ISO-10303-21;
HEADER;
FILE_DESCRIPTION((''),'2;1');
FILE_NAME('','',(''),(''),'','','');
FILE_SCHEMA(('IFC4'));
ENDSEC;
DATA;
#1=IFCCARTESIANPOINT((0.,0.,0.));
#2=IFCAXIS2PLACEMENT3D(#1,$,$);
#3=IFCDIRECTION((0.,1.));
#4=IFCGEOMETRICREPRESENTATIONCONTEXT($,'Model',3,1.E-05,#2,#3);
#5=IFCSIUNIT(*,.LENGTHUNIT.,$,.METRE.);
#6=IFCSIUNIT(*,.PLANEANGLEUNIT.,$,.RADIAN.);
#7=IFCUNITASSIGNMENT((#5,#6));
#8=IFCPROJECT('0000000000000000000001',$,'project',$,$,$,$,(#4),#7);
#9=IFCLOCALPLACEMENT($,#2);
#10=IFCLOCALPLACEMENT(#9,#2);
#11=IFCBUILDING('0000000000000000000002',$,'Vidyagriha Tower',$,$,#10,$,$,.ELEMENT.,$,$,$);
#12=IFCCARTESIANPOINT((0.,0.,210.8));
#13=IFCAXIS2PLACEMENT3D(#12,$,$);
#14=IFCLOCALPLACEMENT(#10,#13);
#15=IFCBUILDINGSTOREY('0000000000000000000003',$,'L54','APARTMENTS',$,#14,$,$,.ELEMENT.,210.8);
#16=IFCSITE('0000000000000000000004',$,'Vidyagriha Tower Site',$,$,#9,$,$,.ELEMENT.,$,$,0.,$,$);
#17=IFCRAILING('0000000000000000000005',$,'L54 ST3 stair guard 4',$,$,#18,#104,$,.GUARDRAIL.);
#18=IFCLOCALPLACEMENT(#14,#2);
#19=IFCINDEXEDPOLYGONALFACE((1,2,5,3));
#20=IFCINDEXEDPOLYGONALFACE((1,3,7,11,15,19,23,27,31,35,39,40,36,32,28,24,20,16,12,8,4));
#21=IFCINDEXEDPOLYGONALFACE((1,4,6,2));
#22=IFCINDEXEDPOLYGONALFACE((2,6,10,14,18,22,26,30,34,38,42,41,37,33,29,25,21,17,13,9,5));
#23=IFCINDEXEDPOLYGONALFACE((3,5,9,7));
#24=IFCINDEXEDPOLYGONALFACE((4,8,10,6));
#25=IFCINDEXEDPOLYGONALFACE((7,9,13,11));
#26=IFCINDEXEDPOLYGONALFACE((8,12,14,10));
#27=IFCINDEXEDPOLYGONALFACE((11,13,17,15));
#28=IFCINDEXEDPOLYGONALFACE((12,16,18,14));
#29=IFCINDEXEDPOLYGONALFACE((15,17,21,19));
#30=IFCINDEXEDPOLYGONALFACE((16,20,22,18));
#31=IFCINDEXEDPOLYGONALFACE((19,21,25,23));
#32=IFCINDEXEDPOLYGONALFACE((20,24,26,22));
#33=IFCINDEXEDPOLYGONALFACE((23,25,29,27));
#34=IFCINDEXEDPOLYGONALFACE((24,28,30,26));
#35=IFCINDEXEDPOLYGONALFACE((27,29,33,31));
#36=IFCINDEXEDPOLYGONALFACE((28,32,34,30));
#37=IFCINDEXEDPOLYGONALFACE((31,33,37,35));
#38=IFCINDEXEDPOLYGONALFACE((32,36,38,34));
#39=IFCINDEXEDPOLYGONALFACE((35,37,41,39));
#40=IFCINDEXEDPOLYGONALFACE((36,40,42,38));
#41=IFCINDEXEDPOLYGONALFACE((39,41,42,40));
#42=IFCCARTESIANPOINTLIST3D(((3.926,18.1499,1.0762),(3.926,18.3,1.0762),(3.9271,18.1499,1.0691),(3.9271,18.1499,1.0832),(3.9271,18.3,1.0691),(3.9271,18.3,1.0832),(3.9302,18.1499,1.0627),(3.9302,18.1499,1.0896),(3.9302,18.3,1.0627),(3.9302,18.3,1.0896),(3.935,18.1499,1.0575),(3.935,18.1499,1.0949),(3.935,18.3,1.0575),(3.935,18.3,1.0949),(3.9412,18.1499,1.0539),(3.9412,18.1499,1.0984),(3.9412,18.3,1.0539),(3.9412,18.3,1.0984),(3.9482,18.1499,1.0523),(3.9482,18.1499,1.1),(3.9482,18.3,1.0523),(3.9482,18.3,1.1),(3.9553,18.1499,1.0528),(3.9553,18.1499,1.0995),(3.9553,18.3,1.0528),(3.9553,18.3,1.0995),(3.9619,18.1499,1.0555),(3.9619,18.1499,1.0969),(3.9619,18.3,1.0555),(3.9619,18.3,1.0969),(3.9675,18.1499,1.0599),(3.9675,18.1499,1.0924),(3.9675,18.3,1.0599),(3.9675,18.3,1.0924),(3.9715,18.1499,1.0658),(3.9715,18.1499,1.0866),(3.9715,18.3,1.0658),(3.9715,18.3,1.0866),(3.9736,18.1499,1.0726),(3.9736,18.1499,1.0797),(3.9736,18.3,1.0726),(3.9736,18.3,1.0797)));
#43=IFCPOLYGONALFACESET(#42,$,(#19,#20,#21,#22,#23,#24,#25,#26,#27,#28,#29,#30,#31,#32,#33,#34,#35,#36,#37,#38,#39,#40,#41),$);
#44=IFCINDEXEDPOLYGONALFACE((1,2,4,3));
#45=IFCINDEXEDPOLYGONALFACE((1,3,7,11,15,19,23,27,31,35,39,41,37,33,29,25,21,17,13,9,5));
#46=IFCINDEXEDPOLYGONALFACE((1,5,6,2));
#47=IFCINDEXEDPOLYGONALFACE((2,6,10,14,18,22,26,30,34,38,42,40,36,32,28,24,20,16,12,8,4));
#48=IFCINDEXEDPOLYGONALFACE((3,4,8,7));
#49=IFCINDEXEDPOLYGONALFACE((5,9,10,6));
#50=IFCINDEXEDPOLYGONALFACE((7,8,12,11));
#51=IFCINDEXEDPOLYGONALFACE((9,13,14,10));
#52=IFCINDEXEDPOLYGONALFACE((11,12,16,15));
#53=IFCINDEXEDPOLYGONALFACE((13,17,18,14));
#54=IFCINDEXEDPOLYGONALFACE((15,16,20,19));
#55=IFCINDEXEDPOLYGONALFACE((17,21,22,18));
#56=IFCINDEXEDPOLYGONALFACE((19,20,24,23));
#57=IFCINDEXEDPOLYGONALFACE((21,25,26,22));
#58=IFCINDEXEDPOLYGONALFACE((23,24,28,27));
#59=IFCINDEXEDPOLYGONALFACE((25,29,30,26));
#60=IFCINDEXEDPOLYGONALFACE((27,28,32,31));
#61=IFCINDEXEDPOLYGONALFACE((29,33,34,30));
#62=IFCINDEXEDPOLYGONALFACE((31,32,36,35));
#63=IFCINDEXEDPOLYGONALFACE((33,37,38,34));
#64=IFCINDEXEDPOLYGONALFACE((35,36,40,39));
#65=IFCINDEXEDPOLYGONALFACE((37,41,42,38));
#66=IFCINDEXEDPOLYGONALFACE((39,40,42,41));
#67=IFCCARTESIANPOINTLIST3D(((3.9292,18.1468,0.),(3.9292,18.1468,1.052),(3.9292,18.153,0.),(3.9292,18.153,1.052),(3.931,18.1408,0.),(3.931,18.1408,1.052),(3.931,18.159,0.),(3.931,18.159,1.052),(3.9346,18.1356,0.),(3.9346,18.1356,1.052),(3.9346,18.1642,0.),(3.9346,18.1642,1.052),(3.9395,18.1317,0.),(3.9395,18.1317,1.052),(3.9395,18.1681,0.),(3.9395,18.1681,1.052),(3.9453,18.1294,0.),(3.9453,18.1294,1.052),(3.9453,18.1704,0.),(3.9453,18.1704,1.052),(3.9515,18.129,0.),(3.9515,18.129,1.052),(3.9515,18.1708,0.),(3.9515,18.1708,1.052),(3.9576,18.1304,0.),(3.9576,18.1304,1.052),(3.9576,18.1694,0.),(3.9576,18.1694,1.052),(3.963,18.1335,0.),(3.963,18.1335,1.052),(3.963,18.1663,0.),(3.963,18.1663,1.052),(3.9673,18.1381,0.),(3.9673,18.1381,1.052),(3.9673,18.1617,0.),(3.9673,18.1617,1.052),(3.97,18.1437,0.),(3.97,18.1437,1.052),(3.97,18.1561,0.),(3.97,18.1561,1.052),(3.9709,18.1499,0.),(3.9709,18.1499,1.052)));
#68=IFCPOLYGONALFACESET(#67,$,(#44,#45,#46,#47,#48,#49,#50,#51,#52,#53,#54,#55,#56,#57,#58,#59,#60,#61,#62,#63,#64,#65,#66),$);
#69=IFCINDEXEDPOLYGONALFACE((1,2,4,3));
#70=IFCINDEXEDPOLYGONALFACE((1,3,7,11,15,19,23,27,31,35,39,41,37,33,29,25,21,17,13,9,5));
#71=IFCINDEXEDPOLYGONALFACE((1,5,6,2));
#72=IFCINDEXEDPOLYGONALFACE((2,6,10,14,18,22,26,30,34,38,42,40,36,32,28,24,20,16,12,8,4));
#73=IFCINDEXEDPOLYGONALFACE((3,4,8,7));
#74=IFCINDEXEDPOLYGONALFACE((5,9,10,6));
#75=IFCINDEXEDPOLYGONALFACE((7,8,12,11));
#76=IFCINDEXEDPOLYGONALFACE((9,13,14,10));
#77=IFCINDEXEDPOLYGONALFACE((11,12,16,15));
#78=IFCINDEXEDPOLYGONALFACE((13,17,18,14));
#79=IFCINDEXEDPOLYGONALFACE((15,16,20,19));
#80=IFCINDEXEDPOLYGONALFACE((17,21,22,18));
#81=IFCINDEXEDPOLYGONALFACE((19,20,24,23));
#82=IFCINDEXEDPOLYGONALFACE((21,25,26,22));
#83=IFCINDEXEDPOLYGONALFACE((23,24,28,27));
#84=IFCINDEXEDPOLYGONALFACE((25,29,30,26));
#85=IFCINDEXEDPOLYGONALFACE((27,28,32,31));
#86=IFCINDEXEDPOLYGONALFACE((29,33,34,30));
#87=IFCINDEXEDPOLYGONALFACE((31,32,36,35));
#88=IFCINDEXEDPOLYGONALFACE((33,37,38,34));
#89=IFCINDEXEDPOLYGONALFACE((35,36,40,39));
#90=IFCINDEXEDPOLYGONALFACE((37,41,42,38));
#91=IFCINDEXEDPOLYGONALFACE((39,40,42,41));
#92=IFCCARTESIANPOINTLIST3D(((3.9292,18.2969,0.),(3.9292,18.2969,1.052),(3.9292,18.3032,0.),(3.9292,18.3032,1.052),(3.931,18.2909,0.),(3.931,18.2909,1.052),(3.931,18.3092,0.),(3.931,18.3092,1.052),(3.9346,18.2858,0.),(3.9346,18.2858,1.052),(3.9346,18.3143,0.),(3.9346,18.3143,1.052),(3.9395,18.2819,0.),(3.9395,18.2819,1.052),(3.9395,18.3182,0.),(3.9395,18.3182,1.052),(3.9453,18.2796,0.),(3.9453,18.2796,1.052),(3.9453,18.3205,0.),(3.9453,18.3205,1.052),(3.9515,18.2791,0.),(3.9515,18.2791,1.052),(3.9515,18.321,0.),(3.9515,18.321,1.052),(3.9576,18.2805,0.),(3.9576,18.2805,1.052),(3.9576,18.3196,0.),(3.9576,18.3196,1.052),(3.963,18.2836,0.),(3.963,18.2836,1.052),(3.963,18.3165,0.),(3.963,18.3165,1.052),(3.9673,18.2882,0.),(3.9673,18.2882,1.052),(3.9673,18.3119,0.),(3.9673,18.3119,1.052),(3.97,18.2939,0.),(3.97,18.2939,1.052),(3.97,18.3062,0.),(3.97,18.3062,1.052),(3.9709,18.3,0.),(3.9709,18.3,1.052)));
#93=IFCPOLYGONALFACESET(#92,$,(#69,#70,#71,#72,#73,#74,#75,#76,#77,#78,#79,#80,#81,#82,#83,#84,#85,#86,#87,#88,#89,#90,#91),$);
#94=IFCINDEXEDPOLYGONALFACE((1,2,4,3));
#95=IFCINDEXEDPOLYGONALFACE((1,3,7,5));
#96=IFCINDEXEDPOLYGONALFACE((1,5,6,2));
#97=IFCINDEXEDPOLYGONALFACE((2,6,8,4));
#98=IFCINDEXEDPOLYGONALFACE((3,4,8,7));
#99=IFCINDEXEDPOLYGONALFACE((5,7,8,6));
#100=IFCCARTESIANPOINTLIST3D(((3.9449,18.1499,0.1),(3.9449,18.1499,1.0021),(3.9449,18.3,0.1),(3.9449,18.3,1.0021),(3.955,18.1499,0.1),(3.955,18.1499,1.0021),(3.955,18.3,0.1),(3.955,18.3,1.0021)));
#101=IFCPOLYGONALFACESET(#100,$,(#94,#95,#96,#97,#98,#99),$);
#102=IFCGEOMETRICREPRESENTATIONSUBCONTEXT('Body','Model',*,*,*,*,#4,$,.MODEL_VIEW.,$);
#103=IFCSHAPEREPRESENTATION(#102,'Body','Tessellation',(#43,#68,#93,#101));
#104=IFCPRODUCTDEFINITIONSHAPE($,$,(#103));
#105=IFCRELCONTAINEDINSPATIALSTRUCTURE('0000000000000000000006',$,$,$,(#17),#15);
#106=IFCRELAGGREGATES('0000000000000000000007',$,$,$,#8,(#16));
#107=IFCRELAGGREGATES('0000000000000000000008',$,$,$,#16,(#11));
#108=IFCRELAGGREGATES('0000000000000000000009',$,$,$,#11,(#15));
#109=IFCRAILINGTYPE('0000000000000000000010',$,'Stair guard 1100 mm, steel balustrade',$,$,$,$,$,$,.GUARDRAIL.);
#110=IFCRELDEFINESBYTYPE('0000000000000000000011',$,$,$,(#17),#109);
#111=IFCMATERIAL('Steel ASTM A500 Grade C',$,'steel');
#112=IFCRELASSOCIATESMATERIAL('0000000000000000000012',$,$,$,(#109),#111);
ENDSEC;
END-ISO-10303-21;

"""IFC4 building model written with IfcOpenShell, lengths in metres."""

from ifc_helpers import new_model, si_unit, direction, frame, origin, origin_2d, place, context, subcontext, project, spatial, rectangle, circle, extrude, material, type_object, element, save


model = new_model("IFC4")

# Units and contexts
model_context = context("Model", 3, precision=1e-05, world=origin(), true_north=direction((0.0, 1.0)))
body_context = subcontext(model_context, "Body", "Model", "MODEL_VIEW")
ifc_project = project(units=[si_unit("LENGTHUNIT", "METRE"), si_unit("PLANEANGLEUNIT", "RADIAN")], contexts=[model_context])

# Site, building, storey
site_placement = place(None, origin())
site = spatial("IfcSite", under=ifc_project, at=site_placement, Name="Vidyagriha Tower Site", CompositionType="ELEMENT", RefElevation=0.0)
building_placement = place(site_placement, origin())
building = spatial("IfcBuilding", under=site, at=building_placement, Name="Vidyagriha Tower", CompositionType="ELEMENT")
storey_placement = place(building_placement, frame((0.0, 0.0, 210.8)))
storey = spatial("IfcBuildingStorey", under=building, at=storey_placement, Name="L54", Description="APARTMENTS", CompositionType="ELEMENT", Elevation=210.8)

# Railing
ifc_material_1 = material(Name="Steel ASTM A500 Grade C", Category="steel")
railing_type_1 = type_object("IfcRailingType", Name="Stair guard 1100 mm, steel balustrade", PredefinedType="GUARDRAIL", material=ifc_material_1)
railing_1_placement = place(storey_placement, frame((3.95, 18.1499, 0.0)))
element("IfcRailing", 1, at=railing_1_placement, inside=storey, type_object=railing_type_1, Name="L54 ST3 stair guard 4", PredefinedType="GUARDRAIL", context=body_context, shape_type="SweptSolid", body=[
    extrude(circle(Radius=0.0239, at=origin_2d()), frame((0.0, 0.0, 1.0762), z_axis=(0.0, 1.0, 0.0), x_axis=(-1.0, 0.0, 0.0)), (0.0, 0.0, 1.0), 0.1501),
    extrude(circle(Radius=0.021, at=origin_2d()), origin(), (0.0, 0.0, 1.0), 1.052),
    extrude(circle(Radius=0.021, at=origin_2d()), frame((0.0, 0.1501, 0.0)), (0.0, 0.0, 1.0), 1.052),
    extrude(rectangle(XDim=0.01, YDim=0.9021, at=origin_2d()), frame((0.0, 0.0, 0.551), z_axis=(0.0, 1.0, 0.0), x_axis=(-1.0, 0.0, 0.0)), (0.0, 0.0, 1.0), 0.1501),
])

save(model, "model.ifc")
